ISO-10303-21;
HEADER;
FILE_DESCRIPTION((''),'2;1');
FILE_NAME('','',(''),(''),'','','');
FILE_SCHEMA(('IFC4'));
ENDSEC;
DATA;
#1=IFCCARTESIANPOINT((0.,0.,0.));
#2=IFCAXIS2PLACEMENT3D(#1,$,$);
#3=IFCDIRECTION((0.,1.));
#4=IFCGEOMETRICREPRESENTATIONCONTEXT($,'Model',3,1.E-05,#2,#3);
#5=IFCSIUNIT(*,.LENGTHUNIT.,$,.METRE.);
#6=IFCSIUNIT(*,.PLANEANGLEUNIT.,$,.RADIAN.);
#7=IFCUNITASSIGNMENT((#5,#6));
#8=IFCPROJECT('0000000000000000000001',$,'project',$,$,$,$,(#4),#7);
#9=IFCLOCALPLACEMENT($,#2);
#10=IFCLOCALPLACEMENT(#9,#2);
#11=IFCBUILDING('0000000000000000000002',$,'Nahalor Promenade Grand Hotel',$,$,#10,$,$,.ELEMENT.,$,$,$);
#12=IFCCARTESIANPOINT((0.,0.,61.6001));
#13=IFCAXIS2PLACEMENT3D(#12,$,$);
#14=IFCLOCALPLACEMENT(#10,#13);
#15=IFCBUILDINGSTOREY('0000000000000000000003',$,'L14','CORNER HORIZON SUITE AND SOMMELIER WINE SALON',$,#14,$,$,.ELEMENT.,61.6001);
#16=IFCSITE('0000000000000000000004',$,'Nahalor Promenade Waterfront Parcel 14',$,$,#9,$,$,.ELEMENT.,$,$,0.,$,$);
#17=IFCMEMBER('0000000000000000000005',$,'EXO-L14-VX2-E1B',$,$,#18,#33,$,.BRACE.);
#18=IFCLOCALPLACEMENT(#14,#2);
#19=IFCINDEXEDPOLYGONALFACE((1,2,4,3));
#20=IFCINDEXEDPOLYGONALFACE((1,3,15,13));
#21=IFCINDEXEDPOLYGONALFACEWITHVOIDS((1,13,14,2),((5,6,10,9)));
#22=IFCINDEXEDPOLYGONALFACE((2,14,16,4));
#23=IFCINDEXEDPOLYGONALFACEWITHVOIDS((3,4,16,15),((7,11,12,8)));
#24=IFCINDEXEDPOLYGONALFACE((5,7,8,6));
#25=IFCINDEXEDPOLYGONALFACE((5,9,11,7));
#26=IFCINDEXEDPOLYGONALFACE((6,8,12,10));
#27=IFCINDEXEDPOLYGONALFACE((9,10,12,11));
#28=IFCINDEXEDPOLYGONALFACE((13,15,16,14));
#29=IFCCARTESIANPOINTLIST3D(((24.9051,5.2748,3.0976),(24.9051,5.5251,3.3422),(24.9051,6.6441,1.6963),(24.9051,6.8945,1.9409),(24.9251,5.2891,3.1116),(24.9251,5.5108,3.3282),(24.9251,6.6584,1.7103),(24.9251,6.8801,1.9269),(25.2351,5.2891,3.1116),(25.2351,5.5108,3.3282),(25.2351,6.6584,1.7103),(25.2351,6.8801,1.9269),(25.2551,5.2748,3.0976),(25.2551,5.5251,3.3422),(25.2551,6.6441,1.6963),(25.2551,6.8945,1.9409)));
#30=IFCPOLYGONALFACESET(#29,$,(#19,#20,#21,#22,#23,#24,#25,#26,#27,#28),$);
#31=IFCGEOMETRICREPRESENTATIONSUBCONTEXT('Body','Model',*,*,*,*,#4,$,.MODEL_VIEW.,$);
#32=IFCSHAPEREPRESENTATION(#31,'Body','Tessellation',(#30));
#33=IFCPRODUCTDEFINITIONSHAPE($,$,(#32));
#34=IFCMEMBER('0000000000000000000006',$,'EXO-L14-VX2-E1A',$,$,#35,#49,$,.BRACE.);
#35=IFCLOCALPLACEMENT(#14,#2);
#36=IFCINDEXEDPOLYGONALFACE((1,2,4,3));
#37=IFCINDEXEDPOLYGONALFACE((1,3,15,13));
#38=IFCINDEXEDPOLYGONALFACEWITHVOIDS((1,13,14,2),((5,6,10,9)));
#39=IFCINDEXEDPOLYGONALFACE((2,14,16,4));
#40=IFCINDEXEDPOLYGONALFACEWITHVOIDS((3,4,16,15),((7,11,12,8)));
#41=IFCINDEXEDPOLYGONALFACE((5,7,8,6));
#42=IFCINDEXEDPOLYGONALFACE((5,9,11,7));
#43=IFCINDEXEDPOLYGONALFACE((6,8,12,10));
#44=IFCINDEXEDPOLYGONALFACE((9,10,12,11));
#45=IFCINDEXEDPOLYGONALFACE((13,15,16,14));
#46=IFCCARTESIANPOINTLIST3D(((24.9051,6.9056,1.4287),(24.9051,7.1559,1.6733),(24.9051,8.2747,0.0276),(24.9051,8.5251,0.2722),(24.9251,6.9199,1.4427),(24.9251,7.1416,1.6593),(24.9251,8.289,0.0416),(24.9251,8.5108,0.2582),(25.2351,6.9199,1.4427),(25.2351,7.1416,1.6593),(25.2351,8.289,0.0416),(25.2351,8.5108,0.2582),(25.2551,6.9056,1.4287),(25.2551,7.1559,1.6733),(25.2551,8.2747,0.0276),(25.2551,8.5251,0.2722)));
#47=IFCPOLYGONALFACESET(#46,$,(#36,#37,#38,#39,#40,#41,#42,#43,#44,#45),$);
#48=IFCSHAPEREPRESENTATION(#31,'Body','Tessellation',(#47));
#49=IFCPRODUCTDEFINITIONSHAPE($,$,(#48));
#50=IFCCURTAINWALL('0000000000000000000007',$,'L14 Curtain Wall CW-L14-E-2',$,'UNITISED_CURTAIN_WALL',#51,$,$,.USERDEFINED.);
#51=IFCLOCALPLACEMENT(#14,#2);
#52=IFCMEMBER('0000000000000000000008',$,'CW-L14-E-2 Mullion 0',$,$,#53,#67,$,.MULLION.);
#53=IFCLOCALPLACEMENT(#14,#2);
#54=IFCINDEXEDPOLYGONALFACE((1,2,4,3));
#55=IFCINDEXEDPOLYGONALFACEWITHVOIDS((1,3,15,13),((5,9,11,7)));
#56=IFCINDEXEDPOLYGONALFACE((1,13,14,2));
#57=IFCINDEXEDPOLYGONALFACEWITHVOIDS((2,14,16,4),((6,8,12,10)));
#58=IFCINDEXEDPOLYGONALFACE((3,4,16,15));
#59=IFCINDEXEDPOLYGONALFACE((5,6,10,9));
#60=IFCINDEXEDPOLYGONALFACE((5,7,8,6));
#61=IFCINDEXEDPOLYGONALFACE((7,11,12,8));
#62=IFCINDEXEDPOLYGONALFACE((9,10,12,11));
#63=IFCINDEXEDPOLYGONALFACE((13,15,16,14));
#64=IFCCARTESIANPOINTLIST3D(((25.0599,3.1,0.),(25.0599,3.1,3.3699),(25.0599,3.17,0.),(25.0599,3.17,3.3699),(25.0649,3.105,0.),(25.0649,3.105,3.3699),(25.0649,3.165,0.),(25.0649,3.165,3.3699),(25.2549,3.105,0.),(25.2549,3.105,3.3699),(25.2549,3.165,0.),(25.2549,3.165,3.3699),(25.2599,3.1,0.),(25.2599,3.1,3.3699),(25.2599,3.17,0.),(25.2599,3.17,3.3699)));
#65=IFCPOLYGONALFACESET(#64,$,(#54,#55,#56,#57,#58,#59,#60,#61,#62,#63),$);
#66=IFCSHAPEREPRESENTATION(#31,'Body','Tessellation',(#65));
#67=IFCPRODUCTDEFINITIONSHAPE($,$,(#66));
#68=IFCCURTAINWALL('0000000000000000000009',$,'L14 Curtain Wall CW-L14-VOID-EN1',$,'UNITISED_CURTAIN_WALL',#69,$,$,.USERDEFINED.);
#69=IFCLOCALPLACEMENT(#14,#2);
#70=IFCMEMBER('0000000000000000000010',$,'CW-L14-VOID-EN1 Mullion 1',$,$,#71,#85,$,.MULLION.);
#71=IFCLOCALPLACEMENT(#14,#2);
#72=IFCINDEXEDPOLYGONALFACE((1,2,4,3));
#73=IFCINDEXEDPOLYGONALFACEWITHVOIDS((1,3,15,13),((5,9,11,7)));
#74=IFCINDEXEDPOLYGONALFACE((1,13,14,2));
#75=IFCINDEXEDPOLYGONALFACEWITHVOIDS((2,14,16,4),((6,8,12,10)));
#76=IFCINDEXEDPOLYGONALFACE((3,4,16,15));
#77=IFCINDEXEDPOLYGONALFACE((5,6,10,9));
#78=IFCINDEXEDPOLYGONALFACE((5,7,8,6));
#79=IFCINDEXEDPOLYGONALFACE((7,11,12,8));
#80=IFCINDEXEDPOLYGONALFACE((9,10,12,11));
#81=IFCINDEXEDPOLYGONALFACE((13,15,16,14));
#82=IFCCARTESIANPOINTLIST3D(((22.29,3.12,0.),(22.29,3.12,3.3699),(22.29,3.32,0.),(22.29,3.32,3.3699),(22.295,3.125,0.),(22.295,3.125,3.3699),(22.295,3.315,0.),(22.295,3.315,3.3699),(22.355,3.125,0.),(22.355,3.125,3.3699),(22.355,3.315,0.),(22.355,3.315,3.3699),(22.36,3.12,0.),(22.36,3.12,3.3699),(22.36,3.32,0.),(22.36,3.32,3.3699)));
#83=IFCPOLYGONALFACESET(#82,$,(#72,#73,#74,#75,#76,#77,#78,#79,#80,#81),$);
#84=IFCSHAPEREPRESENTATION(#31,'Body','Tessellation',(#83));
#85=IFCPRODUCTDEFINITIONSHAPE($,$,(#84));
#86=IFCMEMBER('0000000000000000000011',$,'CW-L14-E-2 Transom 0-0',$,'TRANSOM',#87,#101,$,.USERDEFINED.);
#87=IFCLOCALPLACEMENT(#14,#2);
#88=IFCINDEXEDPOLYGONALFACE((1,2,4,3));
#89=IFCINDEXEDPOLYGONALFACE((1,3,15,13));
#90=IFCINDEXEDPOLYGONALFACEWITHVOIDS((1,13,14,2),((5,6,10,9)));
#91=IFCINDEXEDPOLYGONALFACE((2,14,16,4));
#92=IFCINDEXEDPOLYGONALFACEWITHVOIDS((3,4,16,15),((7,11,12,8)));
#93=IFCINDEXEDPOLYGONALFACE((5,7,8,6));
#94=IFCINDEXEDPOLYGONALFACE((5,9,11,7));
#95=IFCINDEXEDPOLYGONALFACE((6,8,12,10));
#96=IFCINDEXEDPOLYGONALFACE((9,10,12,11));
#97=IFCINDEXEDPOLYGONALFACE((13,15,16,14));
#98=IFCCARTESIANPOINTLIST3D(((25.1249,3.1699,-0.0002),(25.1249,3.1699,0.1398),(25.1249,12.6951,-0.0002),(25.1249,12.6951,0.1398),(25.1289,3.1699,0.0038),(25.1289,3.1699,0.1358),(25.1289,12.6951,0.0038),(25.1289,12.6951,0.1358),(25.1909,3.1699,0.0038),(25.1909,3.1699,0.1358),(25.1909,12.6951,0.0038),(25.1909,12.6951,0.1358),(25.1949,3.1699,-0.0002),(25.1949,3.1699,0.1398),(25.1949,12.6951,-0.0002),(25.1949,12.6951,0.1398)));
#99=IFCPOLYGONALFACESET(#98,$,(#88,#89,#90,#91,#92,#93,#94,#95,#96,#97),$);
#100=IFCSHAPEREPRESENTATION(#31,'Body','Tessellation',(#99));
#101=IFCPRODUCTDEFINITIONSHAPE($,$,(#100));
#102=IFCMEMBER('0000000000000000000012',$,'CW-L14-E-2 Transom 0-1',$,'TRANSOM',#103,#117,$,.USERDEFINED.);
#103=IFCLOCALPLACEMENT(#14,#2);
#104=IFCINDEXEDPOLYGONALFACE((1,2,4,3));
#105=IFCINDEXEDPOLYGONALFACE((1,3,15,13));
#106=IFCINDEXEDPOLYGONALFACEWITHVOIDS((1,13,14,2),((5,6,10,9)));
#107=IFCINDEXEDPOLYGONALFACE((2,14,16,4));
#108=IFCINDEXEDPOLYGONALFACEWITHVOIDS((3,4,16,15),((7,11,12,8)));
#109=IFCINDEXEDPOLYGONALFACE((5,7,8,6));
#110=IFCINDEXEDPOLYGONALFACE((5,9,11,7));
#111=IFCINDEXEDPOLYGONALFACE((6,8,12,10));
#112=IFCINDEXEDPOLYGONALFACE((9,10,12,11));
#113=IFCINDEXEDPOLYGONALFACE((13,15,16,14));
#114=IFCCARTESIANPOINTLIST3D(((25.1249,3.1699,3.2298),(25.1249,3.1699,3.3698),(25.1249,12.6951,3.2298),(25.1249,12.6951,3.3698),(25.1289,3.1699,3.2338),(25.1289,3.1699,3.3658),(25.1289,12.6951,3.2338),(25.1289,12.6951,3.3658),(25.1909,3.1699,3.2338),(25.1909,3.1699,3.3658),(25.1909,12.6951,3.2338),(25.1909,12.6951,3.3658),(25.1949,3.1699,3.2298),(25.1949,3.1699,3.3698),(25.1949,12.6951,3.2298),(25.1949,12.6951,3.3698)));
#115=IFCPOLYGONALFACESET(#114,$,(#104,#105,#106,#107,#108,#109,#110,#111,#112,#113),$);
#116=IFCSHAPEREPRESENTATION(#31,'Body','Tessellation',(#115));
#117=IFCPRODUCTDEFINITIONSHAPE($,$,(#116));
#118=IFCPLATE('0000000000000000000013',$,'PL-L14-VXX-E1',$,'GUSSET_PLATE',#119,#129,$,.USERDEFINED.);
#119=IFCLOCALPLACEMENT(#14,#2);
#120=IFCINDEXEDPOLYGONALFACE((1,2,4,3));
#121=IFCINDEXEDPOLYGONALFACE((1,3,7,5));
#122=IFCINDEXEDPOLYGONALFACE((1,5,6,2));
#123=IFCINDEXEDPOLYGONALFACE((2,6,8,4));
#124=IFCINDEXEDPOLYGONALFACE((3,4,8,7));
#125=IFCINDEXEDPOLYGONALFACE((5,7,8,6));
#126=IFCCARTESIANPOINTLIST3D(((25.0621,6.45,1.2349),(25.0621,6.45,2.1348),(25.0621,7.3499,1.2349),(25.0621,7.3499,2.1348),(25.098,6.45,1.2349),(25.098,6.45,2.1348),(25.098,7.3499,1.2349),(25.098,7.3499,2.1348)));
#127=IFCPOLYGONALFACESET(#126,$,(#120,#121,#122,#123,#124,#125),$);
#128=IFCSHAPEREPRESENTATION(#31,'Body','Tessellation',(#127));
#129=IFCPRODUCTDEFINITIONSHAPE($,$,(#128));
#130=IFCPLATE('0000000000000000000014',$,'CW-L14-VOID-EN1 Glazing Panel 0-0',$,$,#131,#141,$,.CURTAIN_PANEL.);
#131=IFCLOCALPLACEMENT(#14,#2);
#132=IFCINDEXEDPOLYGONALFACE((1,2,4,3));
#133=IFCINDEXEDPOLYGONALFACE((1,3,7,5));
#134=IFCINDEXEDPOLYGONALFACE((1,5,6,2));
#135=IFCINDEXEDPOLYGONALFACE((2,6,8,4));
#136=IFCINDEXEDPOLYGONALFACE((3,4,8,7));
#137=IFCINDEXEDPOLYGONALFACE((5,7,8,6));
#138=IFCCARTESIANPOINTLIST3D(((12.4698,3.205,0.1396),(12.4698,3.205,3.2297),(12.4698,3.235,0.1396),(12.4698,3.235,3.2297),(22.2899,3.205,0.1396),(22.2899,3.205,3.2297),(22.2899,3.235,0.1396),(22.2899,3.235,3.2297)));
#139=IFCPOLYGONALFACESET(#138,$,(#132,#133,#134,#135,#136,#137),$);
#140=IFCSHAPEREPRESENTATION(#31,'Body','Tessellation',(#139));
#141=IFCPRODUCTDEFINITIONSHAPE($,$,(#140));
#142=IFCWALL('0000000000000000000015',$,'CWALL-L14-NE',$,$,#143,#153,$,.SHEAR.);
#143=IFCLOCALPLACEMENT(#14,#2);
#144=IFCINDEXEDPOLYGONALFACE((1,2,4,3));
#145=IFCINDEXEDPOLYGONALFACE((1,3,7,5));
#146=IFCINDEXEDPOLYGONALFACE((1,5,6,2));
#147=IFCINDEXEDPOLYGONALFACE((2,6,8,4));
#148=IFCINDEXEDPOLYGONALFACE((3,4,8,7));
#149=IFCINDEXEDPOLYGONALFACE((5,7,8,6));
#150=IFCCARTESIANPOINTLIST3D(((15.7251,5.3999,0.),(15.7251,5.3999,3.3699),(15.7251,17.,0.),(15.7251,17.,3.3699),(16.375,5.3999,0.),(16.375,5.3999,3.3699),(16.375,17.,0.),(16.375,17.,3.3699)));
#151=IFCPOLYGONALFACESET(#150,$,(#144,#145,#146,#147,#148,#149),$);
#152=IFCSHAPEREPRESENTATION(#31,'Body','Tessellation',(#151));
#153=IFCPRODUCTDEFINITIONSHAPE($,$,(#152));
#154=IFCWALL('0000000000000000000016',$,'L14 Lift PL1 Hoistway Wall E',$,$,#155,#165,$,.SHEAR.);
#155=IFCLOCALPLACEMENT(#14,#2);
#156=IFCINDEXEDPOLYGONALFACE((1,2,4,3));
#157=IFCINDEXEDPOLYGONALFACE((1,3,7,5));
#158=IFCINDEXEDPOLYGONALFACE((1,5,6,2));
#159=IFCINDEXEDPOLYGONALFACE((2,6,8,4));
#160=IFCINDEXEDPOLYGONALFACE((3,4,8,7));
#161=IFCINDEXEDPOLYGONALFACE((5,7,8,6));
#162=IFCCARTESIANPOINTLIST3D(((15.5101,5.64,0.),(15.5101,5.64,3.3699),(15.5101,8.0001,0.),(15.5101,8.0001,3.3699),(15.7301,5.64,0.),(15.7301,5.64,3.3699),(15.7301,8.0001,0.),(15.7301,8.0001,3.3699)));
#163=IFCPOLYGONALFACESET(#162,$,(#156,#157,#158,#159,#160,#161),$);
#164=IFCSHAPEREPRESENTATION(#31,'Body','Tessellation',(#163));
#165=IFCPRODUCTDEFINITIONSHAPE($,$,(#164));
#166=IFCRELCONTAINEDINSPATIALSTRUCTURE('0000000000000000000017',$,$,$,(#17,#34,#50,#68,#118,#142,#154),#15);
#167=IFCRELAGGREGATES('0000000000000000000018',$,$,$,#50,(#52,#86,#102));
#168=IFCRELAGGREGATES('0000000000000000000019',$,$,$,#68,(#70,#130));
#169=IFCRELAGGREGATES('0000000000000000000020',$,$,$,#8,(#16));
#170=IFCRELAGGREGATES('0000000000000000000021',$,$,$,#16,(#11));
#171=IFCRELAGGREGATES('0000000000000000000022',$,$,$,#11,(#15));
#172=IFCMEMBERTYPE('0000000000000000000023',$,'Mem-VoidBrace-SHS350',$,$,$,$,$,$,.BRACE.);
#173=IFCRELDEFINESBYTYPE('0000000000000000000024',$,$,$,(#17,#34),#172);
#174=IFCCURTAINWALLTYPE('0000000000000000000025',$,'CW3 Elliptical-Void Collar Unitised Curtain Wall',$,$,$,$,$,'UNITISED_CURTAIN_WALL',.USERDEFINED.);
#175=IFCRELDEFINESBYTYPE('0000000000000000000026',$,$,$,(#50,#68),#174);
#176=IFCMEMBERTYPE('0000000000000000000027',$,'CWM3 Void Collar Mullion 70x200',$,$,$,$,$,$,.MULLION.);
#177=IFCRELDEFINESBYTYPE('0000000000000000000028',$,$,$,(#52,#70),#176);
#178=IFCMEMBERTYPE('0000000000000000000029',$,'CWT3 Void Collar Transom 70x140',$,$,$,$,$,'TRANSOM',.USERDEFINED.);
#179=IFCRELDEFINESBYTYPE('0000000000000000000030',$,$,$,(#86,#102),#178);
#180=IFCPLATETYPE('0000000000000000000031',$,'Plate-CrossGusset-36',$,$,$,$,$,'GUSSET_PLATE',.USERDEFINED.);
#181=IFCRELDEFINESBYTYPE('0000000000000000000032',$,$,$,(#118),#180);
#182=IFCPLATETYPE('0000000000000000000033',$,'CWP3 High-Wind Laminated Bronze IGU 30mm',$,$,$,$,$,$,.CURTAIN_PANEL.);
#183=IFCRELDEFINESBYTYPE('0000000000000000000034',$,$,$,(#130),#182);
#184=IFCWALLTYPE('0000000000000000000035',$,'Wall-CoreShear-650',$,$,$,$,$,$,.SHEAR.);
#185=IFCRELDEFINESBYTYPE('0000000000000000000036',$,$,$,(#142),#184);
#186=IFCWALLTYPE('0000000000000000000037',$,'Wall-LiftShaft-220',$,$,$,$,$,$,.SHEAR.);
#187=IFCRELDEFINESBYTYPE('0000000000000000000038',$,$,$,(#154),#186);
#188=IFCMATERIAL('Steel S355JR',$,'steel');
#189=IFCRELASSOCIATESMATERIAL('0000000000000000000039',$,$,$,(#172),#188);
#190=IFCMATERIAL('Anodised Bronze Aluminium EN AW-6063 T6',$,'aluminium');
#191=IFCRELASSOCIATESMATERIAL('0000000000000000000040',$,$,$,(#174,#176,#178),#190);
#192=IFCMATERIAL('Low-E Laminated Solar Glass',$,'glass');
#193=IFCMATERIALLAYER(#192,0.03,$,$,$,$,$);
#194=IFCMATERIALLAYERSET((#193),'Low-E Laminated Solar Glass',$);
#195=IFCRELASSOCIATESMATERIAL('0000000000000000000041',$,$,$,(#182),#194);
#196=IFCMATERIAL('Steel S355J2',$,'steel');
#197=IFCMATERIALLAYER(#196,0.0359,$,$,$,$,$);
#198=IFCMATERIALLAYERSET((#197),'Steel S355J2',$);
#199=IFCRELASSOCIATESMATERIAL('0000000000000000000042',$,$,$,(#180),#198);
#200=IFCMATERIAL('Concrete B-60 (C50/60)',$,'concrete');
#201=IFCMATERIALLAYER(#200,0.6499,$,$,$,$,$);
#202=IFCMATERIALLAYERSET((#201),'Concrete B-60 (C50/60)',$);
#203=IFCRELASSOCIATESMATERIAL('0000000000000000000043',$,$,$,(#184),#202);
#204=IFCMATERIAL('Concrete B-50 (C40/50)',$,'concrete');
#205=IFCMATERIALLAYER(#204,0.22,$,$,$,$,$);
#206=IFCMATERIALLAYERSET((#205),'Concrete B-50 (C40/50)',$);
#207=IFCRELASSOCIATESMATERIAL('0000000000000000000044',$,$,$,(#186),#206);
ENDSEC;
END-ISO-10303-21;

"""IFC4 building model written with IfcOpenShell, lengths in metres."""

from ifc_helpers import new_model, si_unit, direction, frame, frame_2d, origin, origin_2d, place, context, subcontext, project, spatial, rectangle, hollow_rectangle, extrude, source, transform, mapped, material, layer, layer_set, material_profile, profile_set, type_object, element, aggregate, save


model = new_model("IFC4")

# Units and contexts
model_context = context("Model", 3, precision=1e-05, world=origin(), true_north=direction((0.0, 1.0)))
body_context = subcontext(model_context, "Body", "Model", "MODEL_VIEW")
ifc_project = project(units=[si_unit("LENGTHUNIT", "METRE"), si_unit("PLANEANGLEUNIT", "RADIAN")], contexts=[model_context])

# Site, building, storey
site_placement = place(None, origin())
site = spatial("IfcSite", under=ifc_project, at=site_placement, Name="Nahalor Promenade Waterfront Parcel 14", CompositionType="ELEMENT", RefElevation=0.0)
building_placement = place(site_placement, origin())
building = spatial("IfcBuilding", under=site, at=building_placement, Name="Nahalor Promenade Grand Hotel", CompositionType="ELEMENT")
storey_placement = place(building_placement, frame((0.0, 0.0, 61.6001)))
storey = spatial("IfcBuildingStorey", under=building, at=storey_placement, Name="L14", Description="CORNER HORIZON SUITE AND SOMMELIER WINE SALON", CompositionType="ELEMENT", Elevation=61.6001)

# Shared definitions
ifc_material_1 = material(Name="Steel S355J2", Category="steel")

# Shared definitions
ifc_material_2 = material(Name="Steel S355JR", Category="steel")

# Members
ifc_material_profile_1 = material_profile(ifc_material_2, hollow_rectangle(XDim=0.35, YDim=0.35, WallThickness=0.02, at=origin_2d()), Name="SHS 350x350x20")
ifc_profile_set_1 = profile_set([ifc_material_profile_1], Name="Steel S355JR")
member_type_1 = type_object("IfcMemberType", Name="Mem-VoidBrace-SHS350", PredefinedType="BRACE", material=ifc_profile_set_1)
shared_shape_1 = source(origin(), body_context, "Body", "SweptSolid", [
    extrude(hollow_rectangle(XDim=0.35, YDim=0.35, WallThickness=0.02, at=origin_2d()), origin(), (0.0, 0.0, 1.0), 1.9592),
])
member_1_placement = place(storey_placement, frame((25.0801, 6.7693, 1.8186), z_axis=(0.0, -0.698898, 0.715221), x_axis=(1.0, 0.0, 0.0)))
element("IfcMember", 1, at=member_1_placement, inside=storey, type_object=member_type_1, Name="EXO-L14-VX2-E1B", PredefinedType="BRACE", context=body_context, shape_type="MappedRepresentation", body=[
    mapped(shared_shape_1, transform((0.0, 0.0, 0.0), scale=1.0)),
])
shared_shape_2 = source(origin(), body_context, "Body", "SweptSolid", [
    extrude(hollow_rectangle(XDim=0.35, YDim=0.35, WallThickness=0.02, at=origin_2d()), origin(), (0.0, 0.0, 1.0), 1.959),
])
member_2_placement = place(storey_placement, frame((25.0801, 8.3999, 0.1499), z_axis=(0.0, -0.698897, 0.715223), x_axis=(1.0, 0.0, 0.0)))
element("IfcMember", 2, at=member_2_placement, inside=storey, type_object=member_type_1, Name="EXO-L14-VX2-E1A", PredefinedType="BRACE", context=body_context, shape_type="MappedRepresentation", body=[
    mapped(shared_shape_2, transform((0.0, 0.0, 0.0), scale=1.0)),
])

# Curtain walls, members
ifc_material_3 = material(Name="Anodised Bronze Aluminium EN AW-6063 T6", Category="aluminium")
curtain_wall_type = type_object("IfcCurtainWallType", Name="CW3 Elliptical-Void Collar Unitised Curtain Wall", ElementType="UNITISED_CURTAIN_WALL", PredefinedType="USERDEFINED", material=ifc_material_3)
curtain_wall_1_placement = place(storey_placement, origin())
curtain_wall_1 = element("IfcCurtainWall", 3, at=curtain_wall_1_placement, inside=storey, type_object=curtain_wall_type, Name="L14 Curtain Wall CW-L14-E-2", ObjectType="UNITISED_CURTAIN_WALL", PredefinedType="USERDEFINED")
ifc_material_profile_2 = material_profile(ifc_material_3, hollow_rectangle(XDim=0.07, YDim=0.2, WallThickness=0.005, at=origin_2d()), Name="CWM 70x200x5")
ifc_profile_set_2 = profile_set([ifc_material_profile_2], Name="Anodised Bronze Aluminium EN AW-6063 T6")
member_type_2 = type_object("IfcMemberType", Name="CWM3 Void Collar Mullion 70x200", PredefinedType="MULLION", material=ifc_profile_set_2)
shared_shape_3 = source(origin(), body_context, "Body", "SweptSolid", [
    extrude(hollow_rectangle(XDim=0.07, YDim=0.2, WallThickness=0.005, at=origin_2d()), origin(), (0.0, 0.0, 1.0), 3.3699),
])
member_3_placement = place(storey_placement, frame((25.1599, 3.135, 0.0), z_axis=(0.0, 0.0, 1.0), x_axis=(0.0, 1.0, 0.0)))
member_3 = element("IfcMember", 4, at=member_3_placement, type_object=member_type_2, Name="CW-L14-E-2 Mullion 0", PredefinedType="MULLION", context=body_context, shape_type="MappedRepresentation", body=[
    mapped(shared_shape_3, transform((0.0, 0.0, 0.0), scale=1.0)),
])
curtain_wall_2_placement = place(storey_placement, origin())
curtain_wall_2 = element("IfcCurtainWall", 5, at=curtain_wall_2_placement, inside=storey, type_object=curtain_wall_type, Name="L14 Curtain Wall CW-L14-VOID-EN1", ObjectType="UNITISED_CURTAIN_WALL", PredefinedType="USERDEFINED")
member_4_placement = place(storey_placement, frame((22.325, 3.22, 0.0), z_axis=(0.0, 0.0, 1.0), x_axis=(1.0, 0.0, 0.0)))
member_4 = element("IfcMember", 6, at=member_4_placement, type_object=member_type_2, Name="CW-L14-VOID-EN1 Mullion 1", PredefinedType="MULLION", context=body_context, shape_type="MappedRepresentation", body=[
    mapped(shared_shape_3, transform((0.0, 0.0, 0.0), scale=1.0)),
])

# Members
ifc_material_profile_3 = material_profile(ifc_material_3, hollow_rectangle(XDim=0.07, YDim=0.14, WallThickness=0.004, at=origin_2d()), Name="CWT 70x140x4")
ifc_profile_set_3 = profile_set([ifc_material_profile_3], Name="Anodised Bronze Aluminium EN AW-6063 T6")
member_type_3 = type_object("IfcMemberType", Name="CWT3 Void Collar Transom 70x140", ElementType="TRANSOM", PredefinedType="USERDEFINED", material=ifc_profile_set_3)
shared_shape_4 = source(origin(), body_context, "Body", "SweptSolid", [
    extrude(hollow_rectangle(XDim=0.07, YDim=0.14, WallThickness=0.004, at=origin_2d()), origin(), (0.0, 0.0, 1.0), 9.5251),
])
member_5_placement = place(storey_placement, frame((25.1599, 3.1699, 0.0698), z_axis=(0.0, 1.0, 0.0), x_axis=(-1.0, 0.0, 0.0)))
member_5 = element("IfcMember", 7, at=member_5_placement, type_object=member_type_3, Name="CW-L14-E-2 Transom 0-0", ObjectType="TRANSOM", PredefinedType="USERDEFINED", context=body_context, shape_type="MappedRepresentation", body=[
    mapped(shared_shape_4, transform((0.0, 0.0, 0.0), scale=1.0)),
])
member_6_placement = place(storey_placement, frame((25.1599, 3.1699, 3.2998), z_axis=(0.0, 1.0, 0.0), x_axis=(-1.0, 0.0, 0.0)))
member_6 = element("IfcMember", 8, at=member_6_placement, type_object=member_type_3, Name="CW-L14-E-2 Transom 0-1", ObjectType="TRANSOM", PredefinedType="USERDEFINED", context=body_context, shape_type="MappedRepresentation", body=[
    mapped(shared_shape_4, transform((0.0, 0.0, 0.0), scale=1.0)),
])

# Plates
ifc_material_4 = material(Name="Low-E Laminated Solar Glass", Category="glass")
ifc_layer_1 = layer(ifc_material_4, 0.03)
ifc_layer_set_1 = layer_set([ifc_layer_1], Name="Low-E Laminated Solar Glass")
plate_type_1 = type_object("IfcPlateType", Name="CWP3 High-Wind Laminated Bronze IGU 30mm", PredefinedType="CURTAIN_PANEL", material=ifc_layer_set_1)
aggregate(curtain_wall_1, [member_3, member_5, member_6])
ifc_layer_2 = layer(ifc_material_1, 0.0359)
ifc_layer_set_2 = layer_set([ifc_layer_2], Name="Steel S355J2")
plate_type_2 = type_object("IfcPlateType", Name="Plate-CrossGusset-36", ElementType="GUSSET_PLATE", PredefinedType="USERDEFINED", material=ifc_layer_set_2)
shared_shape_5 = source(origin(), body_context, "Body", "SweptSolid", [
    extrude(rectangle(XDim=0.8999, YDim=0.0359, at=origin_2d()), origin(), (0.0, 0.0, 1.0), 0.8999),
])
plate_1_placement = place(storey_placement, frame((25.0801, 6.8999, 1.2349), z_axis=(0.0, 0.0, 1.0), x_axis=(0.0, 1.0, 0.0)))
element("IfcPlate", 9, at=plate_1_placement, inside=storey, type_object=plate_type_2, Name="PL-L14-VXX-E1", ObjectType="GUSSET_PLATE", PredefinedType="USERDEFINED", context=body_context, shape_type="MappedRepresentation", body=[
    mapped(shared_shape_5, transform((0.0, 0.0, 0.0), scale=1.0)),
])
shared_shape_6 = source(origin(), body_context, "Body", "SweptSolid", [
    extrude(rectangle(XDim=9.8201, YDim=0.03, at=origin_2d()), origin(), (0.0, 0.0, 1.0), 3.0901),
])
plate_2_placement = place(storey_placement, frame((17.3799, 3.22, 0.1396), z_axis=(0.0, 0.0, 1.0), x_axis=(1.0, 0.0, 0.0)))
plate_2 = element("IfcPlate", 10, at=plate_2_placement, type_object=plate_type_1, Name="CW-L14-VOID-EN1 Glazing Panel 0-0", PredefinedType="CURTAIN_PANEL", context=body_context, shape_type="MappedRepresentation", body=[
    mapped(shared_shape_6, transform((0.0, 0.0, 0.0), scale=1.0)),
])
aggregate(curtain_wall_2, [member_4, plate_2])

# Walls
ifc_material_5 = material(Name="Concrete B-60 (C50/60)", Category="concrete")
ifc_layer_3 = layer(ifc_material_5, 0.6499)
ifc_layer_set_3 = layer_set([ifc_layer_3], Name="Concrete B-60 (C50/60)")
wall_type_1 = type_object("IfcWallType", Name="Wall-CoreShear-650", PredefinedType="SHEAR", material=ifc_layer_set_3)
shared_shape_7 = source(origin(), body_context, "Body", "SweptSolid", [
    extrude(rectangle(XDim=11.6001, YDim=0.6499, at=frame_2d((5.8, 0.0))), origin(), (0.0, 0.0, 1.0), 3.3699),
])
wall_1_placement = place(storey_placement, frame((16.05, 5.3999, 0.0), z_axis=(0.0, 0.0, 1.0), x_axis=(0.0, 1.0, 0.0)))
element("IfcWall", 11, at=wall_1_placement, inside=storey, type_object=wall_type_1, Name="CWALL-L14-NE", PredefinedType="SHEAR", context=body_context, shape_type="MappedRepresentation", body=[
    mapped(shared_shape_7, transform((0.0, 0.0, 0.0), scale=1.0)),
])
ifc_material_6 = material(Name="Concrete B-50 (C40/50)", Category="concrete")
ifc_layer_4 = layer(ifc_material_6, 0.22)
ifc_layer_set_4 = layer_set([ifc_layer_4], Name="Concrete B-50 (C40/50)")
wall_type_2 = type_object("IfcWallType", Name="Wall-LiftShaft-220", PredefinedType="SHEAR", material=ifc_layer_set_4)
shared_shape_8 = source(origin(), body_context, "Body", "SweptSolid", [
    extrude(rectangle(XDim=2.3601, YDim=0.22, at=frame_2d((1.1802, 0.0))), origin(), (0.0, 0.0, 1.0), 3.3699),
])
wall_2_placement = place(storey_placement, frame((15.6201, 5.6399, 0.0), z_axis=(0.0, 0.0, 1.0), x_axis=(0.0, 1.0, 0.0)))
element("IfcWall", 12, at=wall_2_placement, inside=storey, type_object=wall_type_2, Name="L14 Lift PL1 Hoistway Wall E", PredefinedType="SHEAR", context=body_context, shape_type="MappedRepresentation", body=[
    mapped(shared_shape_8, transform((0.0, 0.0, 0.0), scale=1.0)),
])

save(model, "model.ifc")
